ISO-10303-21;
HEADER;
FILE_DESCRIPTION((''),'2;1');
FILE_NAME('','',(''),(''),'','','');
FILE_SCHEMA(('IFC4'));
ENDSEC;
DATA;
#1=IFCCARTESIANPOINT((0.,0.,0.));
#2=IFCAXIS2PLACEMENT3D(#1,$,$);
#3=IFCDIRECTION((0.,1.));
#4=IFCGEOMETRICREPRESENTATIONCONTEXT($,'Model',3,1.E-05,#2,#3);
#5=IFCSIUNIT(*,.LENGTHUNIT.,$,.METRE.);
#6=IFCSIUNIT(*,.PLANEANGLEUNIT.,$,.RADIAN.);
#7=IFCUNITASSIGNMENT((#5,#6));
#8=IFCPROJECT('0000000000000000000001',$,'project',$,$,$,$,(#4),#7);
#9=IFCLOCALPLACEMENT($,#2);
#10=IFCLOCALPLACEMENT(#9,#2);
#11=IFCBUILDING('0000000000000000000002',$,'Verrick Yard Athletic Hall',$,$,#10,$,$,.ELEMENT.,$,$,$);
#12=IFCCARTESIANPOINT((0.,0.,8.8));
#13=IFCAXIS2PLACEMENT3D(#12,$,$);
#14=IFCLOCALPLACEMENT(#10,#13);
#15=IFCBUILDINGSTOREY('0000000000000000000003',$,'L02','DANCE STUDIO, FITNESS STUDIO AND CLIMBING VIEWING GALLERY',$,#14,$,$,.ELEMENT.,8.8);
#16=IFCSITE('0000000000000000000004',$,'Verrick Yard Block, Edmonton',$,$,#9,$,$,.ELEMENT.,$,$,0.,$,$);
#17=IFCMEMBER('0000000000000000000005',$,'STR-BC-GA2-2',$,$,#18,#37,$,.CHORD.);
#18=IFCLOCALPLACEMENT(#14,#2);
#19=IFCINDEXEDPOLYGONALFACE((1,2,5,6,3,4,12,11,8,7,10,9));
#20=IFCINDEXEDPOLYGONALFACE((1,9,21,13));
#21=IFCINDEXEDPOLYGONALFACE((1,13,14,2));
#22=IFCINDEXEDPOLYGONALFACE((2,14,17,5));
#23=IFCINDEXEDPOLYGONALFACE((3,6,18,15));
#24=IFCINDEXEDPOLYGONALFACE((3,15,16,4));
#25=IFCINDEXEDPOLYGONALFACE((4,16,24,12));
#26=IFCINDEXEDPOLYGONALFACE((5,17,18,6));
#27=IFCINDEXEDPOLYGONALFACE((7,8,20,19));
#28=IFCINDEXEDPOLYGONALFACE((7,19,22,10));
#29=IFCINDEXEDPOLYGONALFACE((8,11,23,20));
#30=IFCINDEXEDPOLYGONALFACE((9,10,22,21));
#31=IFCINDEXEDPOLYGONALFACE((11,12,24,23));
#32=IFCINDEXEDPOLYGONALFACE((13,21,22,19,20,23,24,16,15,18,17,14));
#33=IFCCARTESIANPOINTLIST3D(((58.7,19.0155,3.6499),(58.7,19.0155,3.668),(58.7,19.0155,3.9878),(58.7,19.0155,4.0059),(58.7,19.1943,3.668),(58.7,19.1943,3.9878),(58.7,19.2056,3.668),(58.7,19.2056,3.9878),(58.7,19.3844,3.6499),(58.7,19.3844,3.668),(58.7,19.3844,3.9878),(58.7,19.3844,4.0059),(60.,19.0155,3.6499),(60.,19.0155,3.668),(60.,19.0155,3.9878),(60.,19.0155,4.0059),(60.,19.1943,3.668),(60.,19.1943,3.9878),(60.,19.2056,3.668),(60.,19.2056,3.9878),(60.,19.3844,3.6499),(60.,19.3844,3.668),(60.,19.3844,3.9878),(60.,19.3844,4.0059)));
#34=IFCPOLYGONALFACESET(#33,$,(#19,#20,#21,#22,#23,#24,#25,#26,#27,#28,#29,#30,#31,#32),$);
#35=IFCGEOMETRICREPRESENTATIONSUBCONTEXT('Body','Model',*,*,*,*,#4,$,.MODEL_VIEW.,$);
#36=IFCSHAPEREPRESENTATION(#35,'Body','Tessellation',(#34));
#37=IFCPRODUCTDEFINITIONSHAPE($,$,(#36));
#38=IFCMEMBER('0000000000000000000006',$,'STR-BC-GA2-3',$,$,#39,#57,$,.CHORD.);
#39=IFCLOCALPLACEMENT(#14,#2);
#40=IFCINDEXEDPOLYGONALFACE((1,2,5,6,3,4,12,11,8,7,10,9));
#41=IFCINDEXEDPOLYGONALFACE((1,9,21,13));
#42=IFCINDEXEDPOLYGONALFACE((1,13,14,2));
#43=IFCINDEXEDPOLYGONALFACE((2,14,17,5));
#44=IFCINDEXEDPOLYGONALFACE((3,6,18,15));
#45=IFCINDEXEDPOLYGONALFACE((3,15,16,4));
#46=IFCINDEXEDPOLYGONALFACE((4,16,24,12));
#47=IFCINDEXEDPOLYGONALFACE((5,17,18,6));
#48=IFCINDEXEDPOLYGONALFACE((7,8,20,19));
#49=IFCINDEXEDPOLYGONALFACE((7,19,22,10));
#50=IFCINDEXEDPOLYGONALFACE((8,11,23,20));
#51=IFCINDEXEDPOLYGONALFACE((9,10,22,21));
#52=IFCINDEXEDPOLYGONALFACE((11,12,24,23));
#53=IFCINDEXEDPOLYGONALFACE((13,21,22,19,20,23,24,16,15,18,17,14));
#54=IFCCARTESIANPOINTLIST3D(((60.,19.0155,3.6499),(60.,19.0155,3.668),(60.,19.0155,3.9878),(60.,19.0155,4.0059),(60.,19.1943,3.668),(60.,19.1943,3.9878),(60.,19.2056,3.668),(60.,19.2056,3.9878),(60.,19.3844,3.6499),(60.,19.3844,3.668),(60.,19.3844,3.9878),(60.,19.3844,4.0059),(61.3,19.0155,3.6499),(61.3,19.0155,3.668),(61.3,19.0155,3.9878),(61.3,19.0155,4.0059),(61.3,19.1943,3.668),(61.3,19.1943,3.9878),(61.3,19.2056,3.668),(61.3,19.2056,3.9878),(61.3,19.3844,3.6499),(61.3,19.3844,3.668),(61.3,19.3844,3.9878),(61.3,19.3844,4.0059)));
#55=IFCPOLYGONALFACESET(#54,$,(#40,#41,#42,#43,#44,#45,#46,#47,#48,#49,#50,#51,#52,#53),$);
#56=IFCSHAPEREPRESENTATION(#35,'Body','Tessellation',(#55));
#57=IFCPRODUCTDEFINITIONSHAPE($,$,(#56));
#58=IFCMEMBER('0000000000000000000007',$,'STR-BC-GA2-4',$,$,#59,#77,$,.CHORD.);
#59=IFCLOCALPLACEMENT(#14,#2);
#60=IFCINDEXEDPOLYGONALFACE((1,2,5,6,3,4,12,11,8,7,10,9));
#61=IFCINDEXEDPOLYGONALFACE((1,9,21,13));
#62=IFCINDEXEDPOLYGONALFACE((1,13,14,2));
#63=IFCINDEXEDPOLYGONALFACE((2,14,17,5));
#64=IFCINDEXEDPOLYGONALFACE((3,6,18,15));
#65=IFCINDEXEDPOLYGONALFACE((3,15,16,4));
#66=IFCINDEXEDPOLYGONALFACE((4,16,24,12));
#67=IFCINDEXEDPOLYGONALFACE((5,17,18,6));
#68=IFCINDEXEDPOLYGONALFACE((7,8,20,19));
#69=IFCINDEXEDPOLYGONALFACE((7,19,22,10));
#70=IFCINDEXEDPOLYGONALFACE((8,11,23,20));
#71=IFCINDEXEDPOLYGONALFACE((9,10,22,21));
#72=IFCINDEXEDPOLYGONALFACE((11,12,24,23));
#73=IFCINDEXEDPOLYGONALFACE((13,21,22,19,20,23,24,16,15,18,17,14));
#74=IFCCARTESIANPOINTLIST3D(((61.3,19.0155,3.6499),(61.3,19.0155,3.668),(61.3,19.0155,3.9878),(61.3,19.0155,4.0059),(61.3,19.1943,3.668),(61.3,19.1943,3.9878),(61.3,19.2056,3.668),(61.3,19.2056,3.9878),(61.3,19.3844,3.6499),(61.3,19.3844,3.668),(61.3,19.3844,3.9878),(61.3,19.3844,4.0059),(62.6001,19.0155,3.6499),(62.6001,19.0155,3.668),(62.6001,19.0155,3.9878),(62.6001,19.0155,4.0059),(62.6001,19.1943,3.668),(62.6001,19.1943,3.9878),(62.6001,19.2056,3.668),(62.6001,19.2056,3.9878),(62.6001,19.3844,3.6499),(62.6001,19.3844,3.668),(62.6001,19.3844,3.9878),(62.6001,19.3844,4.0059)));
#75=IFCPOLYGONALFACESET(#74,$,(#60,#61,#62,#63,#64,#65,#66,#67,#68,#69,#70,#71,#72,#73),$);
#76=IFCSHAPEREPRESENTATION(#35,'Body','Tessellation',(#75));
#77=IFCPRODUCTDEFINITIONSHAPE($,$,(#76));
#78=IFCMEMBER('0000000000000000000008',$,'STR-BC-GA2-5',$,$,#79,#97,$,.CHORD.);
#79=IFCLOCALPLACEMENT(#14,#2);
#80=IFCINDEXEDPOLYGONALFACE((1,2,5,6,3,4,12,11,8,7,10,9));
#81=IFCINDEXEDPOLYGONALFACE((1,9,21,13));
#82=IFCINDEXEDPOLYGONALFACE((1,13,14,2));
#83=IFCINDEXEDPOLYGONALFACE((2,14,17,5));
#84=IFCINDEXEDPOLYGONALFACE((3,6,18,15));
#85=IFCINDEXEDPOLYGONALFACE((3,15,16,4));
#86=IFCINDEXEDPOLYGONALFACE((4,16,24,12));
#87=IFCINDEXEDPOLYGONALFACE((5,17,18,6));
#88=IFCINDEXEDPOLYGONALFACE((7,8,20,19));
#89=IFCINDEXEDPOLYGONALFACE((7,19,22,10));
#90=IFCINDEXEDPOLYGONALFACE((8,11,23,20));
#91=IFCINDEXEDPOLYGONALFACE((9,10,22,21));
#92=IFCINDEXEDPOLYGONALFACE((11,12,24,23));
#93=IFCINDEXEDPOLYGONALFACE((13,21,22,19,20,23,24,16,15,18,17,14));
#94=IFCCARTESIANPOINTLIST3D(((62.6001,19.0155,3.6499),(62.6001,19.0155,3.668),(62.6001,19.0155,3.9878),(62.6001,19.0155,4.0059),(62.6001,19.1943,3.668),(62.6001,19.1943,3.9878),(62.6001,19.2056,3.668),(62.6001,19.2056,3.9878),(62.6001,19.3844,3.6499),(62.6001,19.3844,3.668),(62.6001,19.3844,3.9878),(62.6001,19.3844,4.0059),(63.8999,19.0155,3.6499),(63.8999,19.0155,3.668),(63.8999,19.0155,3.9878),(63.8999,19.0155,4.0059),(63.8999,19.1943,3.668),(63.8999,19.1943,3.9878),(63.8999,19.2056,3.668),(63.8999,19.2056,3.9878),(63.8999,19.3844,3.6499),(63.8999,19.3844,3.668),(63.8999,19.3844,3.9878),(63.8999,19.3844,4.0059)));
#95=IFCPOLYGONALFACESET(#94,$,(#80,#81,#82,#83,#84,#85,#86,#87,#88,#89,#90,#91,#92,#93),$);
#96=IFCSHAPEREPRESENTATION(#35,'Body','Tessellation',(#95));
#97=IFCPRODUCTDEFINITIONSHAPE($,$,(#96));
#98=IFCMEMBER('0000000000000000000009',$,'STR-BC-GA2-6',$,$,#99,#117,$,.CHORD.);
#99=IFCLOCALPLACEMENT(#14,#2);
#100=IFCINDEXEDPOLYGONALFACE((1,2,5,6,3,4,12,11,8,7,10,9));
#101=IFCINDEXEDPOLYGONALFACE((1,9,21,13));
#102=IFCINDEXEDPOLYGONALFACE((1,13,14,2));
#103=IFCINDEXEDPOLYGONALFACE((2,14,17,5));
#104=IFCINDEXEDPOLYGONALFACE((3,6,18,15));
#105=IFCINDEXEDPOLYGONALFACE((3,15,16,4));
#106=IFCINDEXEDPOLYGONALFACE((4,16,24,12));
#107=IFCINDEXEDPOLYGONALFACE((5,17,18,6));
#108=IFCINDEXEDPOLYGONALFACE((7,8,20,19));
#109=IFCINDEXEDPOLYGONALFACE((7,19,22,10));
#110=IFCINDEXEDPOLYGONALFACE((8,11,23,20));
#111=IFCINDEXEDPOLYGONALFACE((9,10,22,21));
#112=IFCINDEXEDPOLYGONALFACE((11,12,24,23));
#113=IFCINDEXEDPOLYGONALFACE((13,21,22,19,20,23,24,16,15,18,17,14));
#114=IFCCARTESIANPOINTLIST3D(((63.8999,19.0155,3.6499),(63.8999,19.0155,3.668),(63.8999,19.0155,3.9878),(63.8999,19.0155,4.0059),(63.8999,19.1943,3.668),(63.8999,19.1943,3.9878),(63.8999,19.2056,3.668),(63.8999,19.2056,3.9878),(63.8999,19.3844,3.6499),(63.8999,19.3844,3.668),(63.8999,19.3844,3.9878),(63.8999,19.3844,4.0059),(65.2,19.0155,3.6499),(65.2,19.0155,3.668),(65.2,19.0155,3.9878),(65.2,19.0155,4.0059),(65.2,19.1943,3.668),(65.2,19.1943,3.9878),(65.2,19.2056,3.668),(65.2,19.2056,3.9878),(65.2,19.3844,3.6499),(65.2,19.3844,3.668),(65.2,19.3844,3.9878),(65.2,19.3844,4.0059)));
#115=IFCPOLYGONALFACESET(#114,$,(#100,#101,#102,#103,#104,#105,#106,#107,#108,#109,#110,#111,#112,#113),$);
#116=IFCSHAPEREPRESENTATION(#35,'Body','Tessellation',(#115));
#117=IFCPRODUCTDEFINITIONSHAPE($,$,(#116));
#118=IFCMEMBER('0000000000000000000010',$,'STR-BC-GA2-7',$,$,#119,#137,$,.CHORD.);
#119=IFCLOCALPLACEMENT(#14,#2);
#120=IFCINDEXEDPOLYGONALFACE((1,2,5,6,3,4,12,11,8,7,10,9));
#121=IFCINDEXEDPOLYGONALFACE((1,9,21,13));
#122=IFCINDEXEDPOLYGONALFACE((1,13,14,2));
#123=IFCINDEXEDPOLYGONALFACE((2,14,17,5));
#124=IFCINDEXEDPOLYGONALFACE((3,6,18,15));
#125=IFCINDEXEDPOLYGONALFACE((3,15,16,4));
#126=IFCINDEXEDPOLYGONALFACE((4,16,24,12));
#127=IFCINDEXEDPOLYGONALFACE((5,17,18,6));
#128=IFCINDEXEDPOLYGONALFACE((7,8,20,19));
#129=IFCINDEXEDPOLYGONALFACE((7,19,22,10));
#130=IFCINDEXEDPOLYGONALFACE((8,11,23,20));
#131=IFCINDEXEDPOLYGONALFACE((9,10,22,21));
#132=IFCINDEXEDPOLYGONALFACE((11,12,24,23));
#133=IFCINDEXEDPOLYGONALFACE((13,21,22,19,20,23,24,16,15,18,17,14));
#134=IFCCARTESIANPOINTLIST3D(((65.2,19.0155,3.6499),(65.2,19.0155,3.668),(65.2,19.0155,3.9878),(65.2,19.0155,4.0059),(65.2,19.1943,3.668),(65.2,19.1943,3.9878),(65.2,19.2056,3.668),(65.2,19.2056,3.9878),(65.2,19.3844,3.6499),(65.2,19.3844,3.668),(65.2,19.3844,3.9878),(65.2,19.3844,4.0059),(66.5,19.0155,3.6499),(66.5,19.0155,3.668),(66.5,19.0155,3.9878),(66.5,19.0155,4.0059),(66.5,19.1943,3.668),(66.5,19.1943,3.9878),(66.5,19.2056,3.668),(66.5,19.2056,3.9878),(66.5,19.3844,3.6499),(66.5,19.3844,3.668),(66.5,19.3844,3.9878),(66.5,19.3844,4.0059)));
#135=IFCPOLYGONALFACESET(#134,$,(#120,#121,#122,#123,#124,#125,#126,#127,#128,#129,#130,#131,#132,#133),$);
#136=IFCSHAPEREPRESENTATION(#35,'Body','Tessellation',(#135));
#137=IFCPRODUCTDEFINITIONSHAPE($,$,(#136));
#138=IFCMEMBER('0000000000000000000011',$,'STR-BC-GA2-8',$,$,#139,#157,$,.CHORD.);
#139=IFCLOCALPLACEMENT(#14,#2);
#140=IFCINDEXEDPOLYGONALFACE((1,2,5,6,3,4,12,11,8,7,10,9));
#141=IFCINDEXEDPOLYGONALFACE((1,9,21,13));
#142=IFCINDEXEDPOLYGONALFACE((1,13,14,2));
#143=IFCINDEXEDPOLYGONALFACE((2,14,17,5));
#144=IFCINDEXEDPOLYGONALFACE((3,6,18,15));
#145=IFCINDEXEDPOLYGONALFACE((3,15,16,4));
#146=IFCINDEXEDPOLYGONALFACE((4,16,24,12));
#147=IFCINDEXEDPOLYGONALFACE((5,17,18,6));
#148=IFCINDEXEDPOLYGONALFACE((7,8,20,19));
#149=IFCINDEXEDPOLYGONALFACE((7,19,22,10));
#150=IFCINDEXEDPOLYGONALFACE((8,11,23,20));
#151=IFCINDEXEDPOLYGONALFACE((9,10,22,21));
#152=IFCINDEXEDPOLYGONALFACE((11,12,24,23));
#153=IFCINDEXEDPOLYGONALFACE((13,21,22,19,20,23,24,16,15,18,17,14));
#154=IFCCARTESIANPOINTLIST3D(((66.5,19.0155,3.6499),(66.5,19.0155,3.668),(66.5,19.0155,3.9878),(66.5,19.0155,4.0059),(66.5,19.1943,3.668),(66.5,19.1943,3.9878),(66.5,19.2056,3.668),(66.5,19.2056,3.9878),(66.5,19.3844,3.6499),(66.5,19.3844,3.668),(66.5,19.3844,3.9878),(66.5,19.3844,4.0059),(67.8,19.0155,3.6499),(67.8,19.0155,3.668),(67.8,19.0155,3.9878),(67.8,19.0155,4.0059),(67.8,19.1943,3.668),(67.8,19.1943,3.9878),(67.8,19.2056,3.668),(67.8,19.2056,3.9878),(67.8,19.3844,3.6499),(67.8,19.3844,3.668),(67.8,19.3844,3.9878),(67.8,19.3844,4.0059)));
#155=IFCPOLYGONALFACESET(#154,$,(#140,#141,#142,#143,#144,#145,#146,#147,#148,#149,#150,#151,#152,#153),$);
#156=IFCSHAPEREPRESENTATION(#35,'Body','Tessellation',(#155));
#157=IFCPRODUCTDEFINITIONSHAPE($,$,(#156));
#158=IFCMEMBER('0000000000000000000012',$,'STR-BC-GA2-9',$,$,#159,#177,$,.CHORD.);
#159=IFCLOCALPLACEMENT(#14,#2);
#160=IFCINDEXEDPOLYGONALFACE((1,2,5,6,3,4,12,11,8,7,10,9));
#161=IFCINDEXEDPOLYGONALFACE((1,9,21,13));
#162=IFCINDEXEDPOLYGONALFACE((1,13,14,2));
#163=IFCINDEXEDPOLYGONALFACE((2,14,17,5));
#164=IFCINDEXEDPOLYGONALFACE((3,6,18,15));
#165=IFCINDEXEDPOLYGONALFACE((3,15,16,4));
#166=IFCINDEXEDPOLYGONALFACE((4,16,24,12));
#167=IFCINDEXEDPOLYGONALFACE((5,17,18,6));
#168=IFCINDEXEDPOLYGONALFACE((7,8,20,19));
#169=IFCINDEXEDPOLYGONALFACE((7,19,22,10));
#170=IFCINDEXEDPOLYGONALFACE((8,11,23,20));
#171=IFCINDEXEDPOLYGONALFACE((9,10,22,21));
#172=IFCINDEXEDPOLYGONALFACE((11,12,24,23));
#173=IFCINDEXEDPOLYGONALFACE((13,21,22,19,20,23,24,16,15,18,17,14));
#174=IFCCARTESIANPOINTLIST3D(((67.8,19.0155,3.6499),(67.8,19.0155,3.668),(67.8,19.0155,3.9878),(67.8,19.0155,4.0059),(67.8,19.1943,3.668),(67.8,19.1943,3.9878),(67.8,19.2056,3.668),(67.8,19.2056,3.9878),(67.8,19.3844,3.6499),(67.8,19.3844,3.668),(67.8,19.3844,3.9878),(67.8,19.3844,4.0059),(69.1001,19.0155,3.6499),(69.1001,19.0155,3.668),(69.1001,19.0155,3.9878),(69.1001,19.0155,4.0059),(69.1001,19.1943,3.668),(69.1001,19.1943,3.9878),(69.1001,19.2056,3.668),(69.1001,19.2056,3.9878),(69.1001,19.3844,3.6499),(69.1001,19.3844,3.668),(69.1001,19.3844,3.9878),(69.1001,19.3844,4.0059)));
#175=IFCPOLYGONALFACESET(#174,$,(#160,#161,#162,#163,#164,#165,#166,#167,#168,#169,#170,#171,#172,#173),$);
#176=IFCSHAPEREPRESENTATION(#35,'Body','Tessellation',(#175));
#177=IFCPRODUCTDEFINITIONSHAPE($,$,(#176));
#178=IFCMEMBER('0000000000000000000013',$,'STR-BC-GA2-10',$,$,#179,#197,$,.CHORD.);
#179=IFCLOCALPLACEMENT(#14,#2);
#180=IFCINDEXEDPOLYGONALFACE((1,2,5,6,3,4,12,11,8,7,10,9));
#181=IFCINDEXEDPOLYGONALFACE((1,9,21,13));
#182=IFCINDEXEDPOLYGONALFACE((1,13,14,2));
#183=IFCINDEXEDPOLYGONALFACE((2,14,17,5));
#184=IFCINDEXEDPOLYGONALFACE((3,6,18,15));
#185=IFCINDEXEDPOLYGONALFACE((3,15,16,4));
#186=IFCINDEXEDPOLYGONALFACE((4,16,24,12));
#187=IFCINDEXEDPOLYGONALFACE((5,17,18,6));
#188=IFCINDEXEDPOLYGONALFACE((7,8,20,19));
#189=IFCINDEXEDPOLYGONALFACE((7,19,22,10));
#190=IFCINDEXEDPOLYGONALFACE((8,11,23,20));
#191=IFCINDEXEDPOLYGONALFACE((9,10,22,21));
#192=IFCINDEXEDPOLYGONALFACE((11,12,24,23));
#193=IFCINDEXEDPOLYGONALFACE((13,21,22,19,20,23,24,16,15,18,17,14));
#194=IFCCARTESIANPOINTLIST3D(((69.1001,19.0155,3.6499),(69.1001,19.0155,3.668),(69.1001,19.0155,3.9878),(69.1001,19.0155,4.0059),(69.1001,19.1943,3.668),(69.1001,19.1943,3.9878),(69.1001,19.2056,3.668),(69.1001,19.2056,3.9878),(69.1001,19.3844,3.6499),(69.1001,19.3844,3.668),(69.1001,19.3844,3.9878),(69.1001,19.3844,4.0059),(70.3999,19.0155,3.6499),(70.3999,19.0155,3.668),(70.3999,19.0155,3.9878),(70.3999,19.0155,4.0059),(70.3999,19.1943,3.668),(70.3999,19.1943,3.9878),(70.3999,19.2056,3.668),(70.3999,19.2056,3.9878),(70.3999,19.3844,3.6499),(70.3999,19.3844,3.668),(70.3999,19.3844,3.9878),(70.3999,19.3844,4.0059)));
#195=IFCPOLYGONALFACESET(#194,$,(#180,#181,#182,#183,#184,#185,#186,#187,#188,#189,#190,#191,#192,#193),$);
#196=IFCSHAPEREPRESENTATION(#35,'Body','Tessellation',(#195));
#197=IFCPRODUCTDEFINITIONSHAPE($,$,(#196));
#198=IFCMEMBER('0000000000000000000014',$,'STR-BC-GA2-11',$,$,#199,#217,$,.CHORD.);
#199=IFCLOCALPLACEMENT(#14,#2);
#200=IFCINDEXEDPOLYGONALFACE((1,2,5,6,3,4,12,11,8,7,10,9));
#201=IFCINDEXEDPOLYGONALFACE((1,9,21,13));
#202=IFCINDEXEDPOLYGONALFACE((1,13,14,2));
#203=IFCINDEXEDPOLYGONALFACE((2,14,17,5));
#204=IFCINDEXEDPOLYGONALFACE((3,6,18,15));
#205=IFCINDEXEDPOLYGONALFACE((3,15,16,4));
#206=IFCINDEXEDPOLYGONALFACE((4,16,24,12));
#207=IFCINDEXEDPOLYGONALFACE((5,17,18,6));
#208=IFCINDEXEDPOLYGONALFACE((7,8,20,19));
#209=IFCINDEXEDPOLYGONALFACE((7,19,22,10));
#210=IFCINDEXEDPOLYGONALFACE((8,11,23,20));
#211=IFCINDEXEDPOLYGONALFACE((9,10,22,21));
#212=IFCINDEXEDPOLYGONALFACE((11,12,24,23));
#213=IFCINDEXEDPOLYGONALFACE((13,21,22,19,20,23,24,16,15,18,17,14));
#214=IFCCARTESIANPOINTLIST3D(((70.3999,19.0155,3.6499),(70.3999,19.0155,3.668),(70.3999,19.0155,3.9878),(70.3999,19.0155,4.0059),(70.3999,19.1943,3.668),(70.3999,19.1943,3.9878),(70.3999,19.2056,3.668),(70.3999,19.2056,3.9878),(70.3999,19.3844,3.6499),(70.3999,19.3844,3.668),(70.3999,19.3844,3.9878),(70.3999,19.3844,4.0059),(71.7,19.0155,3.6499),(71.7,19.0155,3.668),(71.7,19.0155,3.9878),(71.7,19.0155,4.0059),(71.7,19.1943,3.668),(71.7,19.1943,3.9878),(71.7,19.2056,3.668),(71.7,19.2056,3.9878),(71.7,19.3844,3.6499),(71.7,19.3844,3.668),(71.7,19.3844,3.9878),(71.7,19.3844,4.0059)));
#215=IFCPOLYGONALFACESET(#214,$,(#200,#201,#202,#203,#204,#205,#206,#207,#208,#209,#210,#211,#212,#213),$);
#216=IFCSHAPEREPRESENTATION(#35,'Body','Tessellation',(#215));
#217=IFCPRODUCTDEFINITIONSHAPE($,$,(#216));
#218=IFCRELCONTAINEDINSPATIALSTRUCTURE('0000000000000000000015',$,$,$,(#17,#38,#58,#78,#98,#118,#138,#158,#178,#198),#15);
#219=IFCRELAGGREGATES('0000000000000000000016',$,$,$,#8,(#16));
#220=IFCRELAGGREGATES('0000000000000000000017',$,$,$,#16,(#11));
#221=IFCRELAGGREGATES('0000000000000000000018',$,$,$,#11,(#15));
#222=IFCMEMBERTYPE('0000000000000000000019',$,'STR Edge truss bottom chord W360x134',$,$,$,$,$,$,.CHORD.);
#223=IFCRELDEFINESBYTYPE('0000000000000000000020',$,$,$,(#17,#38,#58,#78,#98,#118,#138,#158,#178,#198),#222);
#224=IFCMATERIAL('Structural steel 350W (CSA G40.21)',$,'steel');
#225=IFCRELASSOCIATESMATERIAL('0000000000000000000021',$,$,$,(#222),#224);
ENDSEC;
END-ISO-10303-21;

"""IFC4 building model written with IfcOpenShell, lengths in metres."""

from ifc_helpers import new_model, si_unit, direction, frame, origin, origin_2d, place, context, subcontext, project, spatial, i_section, extrude, material, material_profile, profile_set, type_object, element, save


model = new_model("IFC4")

# Units and contexts
model_context = context("Model", 3, precision=1e-05, world=origin(), true_north=direction((0.0, 1.0)))
body_context = subcontext(model_context, "Body", "Model", "MODEL_VIEW")
ifc_project = project(units=[si_unit("LENGTHUNIT", "METRE"), si_unit("PLANEANGLEUNIT", "RADIAN")], contexts=[model_context])

# Site, building, storey
site_placement = place(None, origin())
site = spatial("IfcSite", under=ifc_project, at=site_placement, Name="Verrick Yard Block, Edmonton", CompositionType="ELEMENT", RefElevation=0.0)
building_placement = place(site_placement, origin())
building = spatial("IfcBuilding", under=site, at=building_placement, Name="Verrick Yard Athletic Hall", CompositionType="ELEMENT")
storey_placement = place(building_placement, frame((0.0, 0.0, 8.8)))
storey = spatial("IfcBuildingStorey", under=building, at=storey_placement, Name="L02", Description="DANCE STUDIO, FITNESS STUDIO AND CLIMBING VIEWING GALLERY", CompositionType="ELEMENT", Elevation=8.8)

# Members
ifc_material_1 = material(Name="Structural steel 350W (CSA G40.21)", Category="steel")
ifc_material_profile_1 = material_profile(ifc_material_1, i_section(OverallWidth=0.3689, OverallDepth=0.356, WebThickness=0.0112, FlangeThickness=0.0181, at=origin_2d()), Name="W360x134")
ifc_profile_set_1 = profile_set([ifc_material_profile_1], Name="Structural steel 350W (CSA G40.21)")
member_type_1 = type_object("IfcMemberType", Name="STR Edge truss bottom chord W360x134", PredefinedType="CHORD", material=ifc_profile_set_1)
for number, where, z_axis, x_axis, name in (
    (1, (58.7, 19.2, 3.8279), (1.0, 0.0, 0.0), (0.0, 1.0, 0.0), "STR-BC-GA2-2"),
    (2, (60.0, 19.2, 3.8279), (1.0, 0.0, 0.0), (0.0, 1.0, 0.0), "STR-BC-GA2-3"),
    (3, (61.3, 19.2, 3.8279), (1.0, 0.0, 0.0), (0.0, 1.0, 0.0), "STR-BC-GA2-4"),
):
    element("IfcMember", number, at=place(storey_placement, frame(where, z_axis=z_axis, x_axis=x_axis)), inside=storey, type_object=member_type_1, Name=name, PredefinedType="CHORD", context=body_context, shape_type="SweptSolid", body=[
        extrude(i_section(OverallWidth=0.3689, OverallDepth=0.356, WebThickness=0.0112, FlangeThickness=0.0181, at=origin_2d()), origin(), (0.0, 0.0, 1.0), 1.3),
    ])
member_1_placement = place(storey_placement, frame((62.6001, 19.2, 3.8279), z_axis=(1.0, 0.0, 0.0), x_axis=(0.0, 1.0, 0.0)))
element("IfcMember", 4, at=member_1_placement, inside=storey, type_object=member_type_1, Name="STR-BC-GA2-5", PredefinedType="CHORD", context=body_context, shape_type="SweptSolid", body=[
    extrude(i_section(OverallWidth=0.3689, OverallDepth=0.356, WebThickness=0.0112, FlangeThickness=0.0181, at=origin_2d()), origin(), (0.0, 0.0, 1.0), 1.2998),
])
for number, where, z_axis, x_axis, name in (
    (5, (63.8999, 19.2, 3.8279), (1.0, 0.0, 0.0), (0.0, 1.0, 0.0), "STR-BC-GA2-6"),
    (6, (65.2, 19.2, 3.8279), (1.0, 0.0, 0.0), (0.0, 1.0, 0.0), "STR-BC-GA2-7"),
    (7, (66.5, 19.2, 3.8279), (1.0, 0.0, 0.0), (0.0, 1.0, 0.0), "STR-BC-GA2-8"),
    (8, (67.8, 19.2, 3.8279), (1.0, 0.0, 0.0), (0.0, 1.0, 0.0), "STR-BC-GA2-9"),
):
    element("IfcMember", number, at=place(storey_placement, frame(where, z_axis=z_axis, x_axis=x_axis)), inside=storey, type_object=member_type_1, Name=name, PredefinedType="CHORD", context=body_context, shape_type="SweptSolid", body=[
        extrude(i_section(OverallWidth=0.3689, OverallDepth=0.356, WebThickness=0.0112, FlangeThickness=0.0181, at=origin_2d()), origin(), (0.0, 0.0, 1.0), 1.3),
    ])
member_2_placement = place(storey_placement, frame((69.1001, 19.2, 3.8279), z_axis=(1.0, 0.0, 0.0), x_axis=(0.0, 1.0, 0.0)))
element("IfcMember", 9, at=member_2_placement, inside=storey, type_object=member_type_1, Name="STR-BC-GA2-10", PredefinedType="CHORD", context=body_context, shape_type="SweptSolid", body=[
    extrude(i_section(OverallWidth=0.3689, OverallDepth=0.356, WebThickness=0.0112, FlangeThickness=0.0181, at=origin_2d()), origin(), (0.0, 0.0, 1.0), 1.2998),
])
member_3_placement = place(storey_placement, frame((70.3999, 19.2, 3.8279), z_axis=(1.0, 0.0, 0.0), x_axis=(0.0, 1.0, 0.0)))
element("IfcMember", 10, at=member_3_placement, inside=storey, type_object=member_type_1, Name="STR-BC-GA2-11", PredefinedType="CHORD", context=body_context, shape_type="SweptSolid", body=[
    extrude(i_section(OverallWidth=0.3689, OverallDepth=0.356, WebThickness=0.0112, FlangeThickness=0.0181, at=origin_2d()), origin(), (0.0, 0.0, 1.0), 1.3),
])

save(model, "model.ifc")
